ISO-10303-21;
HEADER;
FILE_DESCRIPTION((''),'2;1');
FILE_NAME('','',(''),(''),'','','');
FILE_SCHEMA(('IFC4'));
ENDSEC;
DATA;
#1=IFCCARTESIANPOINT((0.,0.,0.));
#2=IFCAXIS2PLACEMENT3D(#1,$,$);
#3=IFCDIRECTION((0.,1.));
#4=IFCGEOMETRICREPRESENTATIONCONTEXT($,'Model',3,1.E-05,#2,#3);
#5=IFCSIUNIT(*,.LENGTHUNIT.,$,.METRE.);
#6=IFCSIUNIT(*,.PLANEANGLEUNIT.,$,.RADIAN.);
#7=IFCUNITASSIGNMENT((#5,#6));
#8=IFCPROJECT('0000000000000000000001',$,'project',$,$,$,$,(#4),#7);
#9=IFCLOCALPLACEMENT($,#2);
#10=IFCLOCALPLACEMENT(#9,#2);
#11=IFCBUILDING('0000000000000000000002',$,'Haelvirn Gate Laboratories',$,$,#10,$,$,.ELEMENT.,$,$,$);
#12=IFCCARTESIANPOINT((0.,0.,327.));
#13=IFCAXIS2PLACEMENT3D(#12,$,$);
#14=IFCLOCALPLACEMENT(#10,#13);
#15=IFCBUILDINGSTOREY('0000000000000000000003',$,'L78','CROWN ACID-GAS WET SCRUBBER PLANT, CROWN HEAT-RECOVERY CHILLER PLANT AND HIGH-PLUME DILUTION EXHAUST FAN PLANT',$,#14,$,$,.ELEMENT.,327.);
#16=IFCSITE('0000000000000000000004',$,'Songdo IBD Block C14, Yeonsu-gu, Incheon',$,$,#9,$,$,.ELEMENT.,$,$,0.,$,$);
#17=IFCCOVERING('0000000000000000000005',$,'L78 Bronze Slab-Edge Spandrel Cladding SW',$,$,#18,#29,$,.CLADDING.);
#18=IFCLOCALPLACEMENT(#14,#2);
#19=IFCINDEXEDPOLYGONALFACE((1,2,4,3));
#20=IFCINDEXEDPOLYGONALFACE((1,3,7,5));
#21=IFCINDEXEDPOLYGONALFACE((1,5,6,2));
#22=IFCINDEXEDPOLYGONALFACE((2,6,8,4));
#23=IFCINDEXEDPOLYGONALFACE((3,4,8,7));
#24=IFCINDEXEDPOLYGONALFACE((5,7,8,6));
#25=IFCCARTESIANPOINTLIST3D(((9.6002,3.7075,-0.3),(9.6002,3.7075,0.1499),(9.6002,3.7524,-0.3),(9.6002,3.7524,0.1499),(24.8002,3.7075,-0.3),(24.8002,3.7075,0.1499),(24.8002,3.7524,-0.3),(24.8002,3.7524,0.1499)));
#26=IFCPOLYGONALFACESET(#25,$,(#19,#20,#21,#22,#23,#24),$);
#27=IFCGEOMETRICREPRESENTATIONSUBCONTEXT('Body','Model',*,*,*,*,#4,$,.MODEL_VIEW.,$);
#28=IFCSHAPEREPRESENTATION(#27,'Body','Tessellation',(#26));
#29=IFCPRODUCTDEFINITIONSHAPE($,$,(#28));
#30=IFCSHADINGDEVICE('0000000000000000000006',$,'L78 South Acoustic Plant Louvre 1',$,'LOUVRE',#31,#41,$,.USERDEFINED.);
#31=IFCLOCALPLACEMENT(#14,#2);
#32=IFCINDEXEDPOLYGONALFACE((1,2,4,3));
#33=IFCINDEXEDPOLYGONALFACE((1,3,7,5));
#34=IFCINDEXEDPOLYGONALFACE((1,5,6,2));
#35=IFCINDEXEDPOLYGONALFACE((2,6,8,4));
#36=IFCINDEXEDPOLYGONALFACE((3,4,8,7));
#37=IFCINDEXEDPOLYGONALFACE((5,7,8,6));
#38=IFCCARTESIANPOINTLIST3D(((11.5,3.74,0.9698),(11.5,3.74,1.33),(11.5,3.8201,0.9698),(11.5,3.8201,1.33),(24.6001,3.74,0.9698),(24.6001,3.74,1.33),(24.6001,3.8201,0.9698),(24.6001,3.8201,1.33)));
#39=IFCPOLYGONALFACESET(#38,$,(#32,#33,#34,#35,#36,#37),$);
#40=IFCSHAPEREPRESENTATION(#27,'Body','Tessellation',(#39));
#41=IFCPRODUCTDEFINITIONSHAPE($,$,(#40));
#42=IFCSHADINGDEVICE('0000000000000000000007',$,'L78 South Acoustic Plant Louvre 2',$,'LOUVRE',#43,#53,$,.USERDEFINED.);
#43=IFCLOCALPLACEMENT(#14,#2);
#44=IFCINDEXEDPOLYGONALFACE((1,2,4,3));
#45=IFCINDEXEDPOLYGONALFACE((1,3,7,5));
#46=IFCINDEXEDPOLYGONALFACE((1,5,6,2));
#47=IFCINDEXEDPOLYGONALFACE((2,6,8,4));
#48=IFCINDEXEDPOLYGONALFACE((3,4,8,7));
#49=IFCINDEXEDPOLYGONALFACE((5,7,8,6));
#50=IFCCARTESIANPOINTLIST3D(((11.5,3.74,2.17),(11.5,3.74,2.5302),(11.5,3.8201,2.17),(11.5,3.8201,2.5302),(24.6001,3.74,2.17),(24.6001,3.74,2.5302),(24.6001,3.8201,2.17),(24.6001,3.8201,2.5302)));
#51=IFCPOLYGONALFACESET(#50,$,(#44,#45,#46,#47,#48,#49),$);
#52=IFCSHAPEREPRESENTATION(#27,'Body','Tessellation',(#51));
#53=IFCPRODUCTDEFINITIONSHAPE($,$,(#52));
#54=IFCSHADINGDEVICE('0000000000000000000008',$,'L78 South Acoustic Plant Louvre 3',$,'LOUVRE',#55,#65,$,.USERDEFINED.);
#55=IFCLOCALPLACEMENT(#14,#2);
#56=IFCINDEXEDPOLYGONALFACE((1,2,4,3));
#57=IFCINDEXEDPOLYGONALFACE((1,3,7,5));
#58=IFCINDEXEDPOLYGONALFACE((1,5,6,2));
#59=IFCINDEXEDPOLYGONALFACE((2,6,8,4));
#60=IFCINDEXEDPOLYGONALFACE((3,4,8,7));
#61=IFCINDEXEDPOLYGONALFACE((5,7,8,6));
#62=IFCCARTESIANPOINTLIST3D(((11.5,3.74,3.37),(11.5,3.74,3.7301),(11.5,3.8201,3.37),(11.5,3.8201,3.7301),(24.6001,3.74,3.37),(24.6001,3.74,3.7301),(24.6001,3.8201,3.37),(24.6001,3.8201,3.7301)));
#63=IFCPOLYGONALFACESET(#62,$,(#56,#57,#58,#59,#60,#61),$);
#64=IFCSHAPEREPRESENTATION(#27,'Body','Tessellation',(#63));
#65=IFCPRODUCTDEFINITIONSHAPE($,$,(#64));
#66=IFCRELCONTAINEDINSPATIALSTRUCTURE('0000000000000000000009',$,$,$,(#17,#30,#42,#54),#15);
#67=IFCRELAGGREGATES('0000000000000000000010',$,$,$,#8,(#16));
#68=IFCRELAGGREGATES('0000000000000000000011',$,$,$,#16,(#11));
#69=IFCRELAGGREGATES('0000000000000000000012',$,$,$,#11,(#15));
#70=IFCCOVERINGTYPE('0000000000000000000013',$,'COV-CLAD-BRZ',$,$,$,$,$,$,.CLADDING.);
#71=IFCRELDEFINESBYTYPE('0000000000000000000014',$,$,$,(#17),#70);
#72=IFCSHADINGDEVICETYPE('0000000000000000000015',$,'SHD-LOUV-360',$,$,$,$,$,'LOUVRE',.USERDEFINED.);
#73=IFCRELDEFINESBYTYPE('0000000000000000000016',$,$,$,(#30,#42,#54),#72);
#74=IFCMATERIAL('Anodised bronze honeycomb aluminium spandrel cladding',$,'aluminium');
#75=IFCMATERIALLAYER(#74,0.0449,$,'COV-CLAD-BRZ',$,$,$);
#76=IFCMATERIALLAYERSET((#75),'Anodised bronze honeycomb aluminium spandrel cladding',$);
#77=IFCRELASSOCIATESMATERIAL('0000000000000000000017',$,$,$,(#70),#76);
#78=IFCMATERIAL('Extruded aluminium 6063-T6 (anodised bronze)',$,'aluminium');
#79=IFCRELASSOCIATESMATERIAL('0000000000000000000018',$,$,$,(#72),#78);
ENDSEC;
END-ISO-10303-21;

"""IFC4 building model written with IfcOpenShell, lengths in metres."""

from ifc_helpers import new_model, si_unit, direction, frame, frame_2d, origin, origin_2d, place, context, subcontext, project, spatial, rectangle, extrude, source, transform, mapped, material, layer, layer_set, material_profile, profile_set, type_object, type_shapes, element, save


model = new_model("IFC4")

# Units and contexts
model_context = context("Model", 3, precision=1e-05, world=origin(), true_north=direction((0.0, 1.0)))
body_context = subcontext(model_context, "Body", "Model", "MODEL_VIEW")
ifc_project = project(units=[si_unit("LENGTHUNIT", "METRE"), si_unit("PLANEANGLEUNIT", "RADIAN")], contexts=[model_context])

# Site, building, storey
site_placement = place(None, origin())
site = spatial("IfcSite", under=ifc_project, at=site_placement, Name="Songdo IBD Block C14, Yeonsu-gu, Incheon", CompositionType="ELEMENT", RefElevation=0.0)
building_placement = place(site_placement, origin())
building = spatial("IfcBuilding", under=site, at=building_placement, Name="Haelvirn Gate Laboratories", CompositionType="ELEMENT")
storey_placement = place(building_placement, frame((0.0, 0.0, 327.0)))
storey = spatial("IfcBuildingStorey", under=building, at=storey_placement, Name="L78", Description="CROWN ACID-GAS WET SCRUBBER PLANT, CROWN HEAT-RECOVERY CHILLER PLANT AND HIGH-PLUME DILUTION EXHAUST FAN PLANT", CompositionType="ELEMENT", Elevation=327.0)

# Shared definitions
ifc_material_1 = material(Name="Extruded aluminium 6063-T6 (anodised bronze)", Category="aluminium")

# Covering
ifc_material_2 = material(Name="Anodised bronze honeycomb aluminium spandrel cladding", Category="aluminium")
ifc_layer_1 = layer(ifc_material_2, 0.0449, Name="COV-CLAD-BRZ")
ifc_layer_set_1 = layer_set([ifc_layer_1], Name="Anodised bronze honeycomb aluminium spandrel cladding")
covering_type = type_object("IfcCoveringType", Name="COV-CLAD-BRZ", PredefinedType="CLADDING", material=ifc_layer_set_1)
covering_placement = place(storey_placement, frame((9.6001, 3.73, -0.3), z_axis=(0.0, 0.0, 1.0), x_axis=(1.0, 0.0, 0.0)))
element("IfcCovering", 1, at=covering_placement, inside=storey, type_object=covering_type, Name="L78 Bronze Slab-Edge Spandrel Cladding SW", PredefinedType="CLADDING", context=body_context, shape_type="SweptSolid", body=[
    extrude(rectangle(XDim=15.2, YDim=0.0449, at=frame_2d((7.6001, 0.0))), origin(), (0.0, 0.0, 1.0), 0.45),
])

# Shading devices
ifc_material_profile_1 = material_profile(ifc_material_1, rectangle(XDim=0.0801, YDim=0.3601, at=origin_2d()), Name="LOUV-360x80")
ifc_profile_set_1 = profile_set([ifc_material_profile_1], Name="Extruded aluminium 6063-T6 (anodised bronze)")
shading_device_type = type_object("IfcShadingDeviceType", Name="SHD-LOUV-360", ElementType="LOUVRE", PredefinedType="USERDEFINED", material=ifc_profile_set_1)
shared_shape_1 = source(origin(), body_context, "Body", "SweptSolid", [
    extrude(rectangle(XDim=0.0801, YDim=0.3601, at=origin_2d()), origin(), (0.0, 0.0, 1.0), 13.1001),
])
type_shapes(shading_device_type, [shared_shape_1])
for number, where, z_axis, x_axis, name in (
    (2, (11.5, 3.78, 1.1499), (1.0, 0.0, 0.0), (0.0, 1.0, 0.0), "L78 South Acoustic Plant Louvre 1"),
    (3, (11.5, 3.78, 2.3501), (1.0, 0.0, 0.0), (0.0, 1.0, 0.0), "L78 South Acoustic Plant Louvre 2"),
    (4, (11.5, 3.78, 3.55), (1.0, 0.0, 0.0), (0.0, 1.0, 0.0), "L78 South Acoustic Plant Louvre 3"),
):
    element("IfcShadingDevice", number, at=place(storey_placement, frame(where, z_axis=z_axis, x_axis=x_axis)), inside=storey, type_object=shading_device_type, Name=name, ObjectType="LOUVRE", PredefinedType="USERDEFINED", context=body_context, shape_type="MappedRepresentation", body=[
        mapped(shared_shape_1, transform((0.0, 0.0, 0.0), scale=1.0)),
    ])

save(model, "model.ifc")
